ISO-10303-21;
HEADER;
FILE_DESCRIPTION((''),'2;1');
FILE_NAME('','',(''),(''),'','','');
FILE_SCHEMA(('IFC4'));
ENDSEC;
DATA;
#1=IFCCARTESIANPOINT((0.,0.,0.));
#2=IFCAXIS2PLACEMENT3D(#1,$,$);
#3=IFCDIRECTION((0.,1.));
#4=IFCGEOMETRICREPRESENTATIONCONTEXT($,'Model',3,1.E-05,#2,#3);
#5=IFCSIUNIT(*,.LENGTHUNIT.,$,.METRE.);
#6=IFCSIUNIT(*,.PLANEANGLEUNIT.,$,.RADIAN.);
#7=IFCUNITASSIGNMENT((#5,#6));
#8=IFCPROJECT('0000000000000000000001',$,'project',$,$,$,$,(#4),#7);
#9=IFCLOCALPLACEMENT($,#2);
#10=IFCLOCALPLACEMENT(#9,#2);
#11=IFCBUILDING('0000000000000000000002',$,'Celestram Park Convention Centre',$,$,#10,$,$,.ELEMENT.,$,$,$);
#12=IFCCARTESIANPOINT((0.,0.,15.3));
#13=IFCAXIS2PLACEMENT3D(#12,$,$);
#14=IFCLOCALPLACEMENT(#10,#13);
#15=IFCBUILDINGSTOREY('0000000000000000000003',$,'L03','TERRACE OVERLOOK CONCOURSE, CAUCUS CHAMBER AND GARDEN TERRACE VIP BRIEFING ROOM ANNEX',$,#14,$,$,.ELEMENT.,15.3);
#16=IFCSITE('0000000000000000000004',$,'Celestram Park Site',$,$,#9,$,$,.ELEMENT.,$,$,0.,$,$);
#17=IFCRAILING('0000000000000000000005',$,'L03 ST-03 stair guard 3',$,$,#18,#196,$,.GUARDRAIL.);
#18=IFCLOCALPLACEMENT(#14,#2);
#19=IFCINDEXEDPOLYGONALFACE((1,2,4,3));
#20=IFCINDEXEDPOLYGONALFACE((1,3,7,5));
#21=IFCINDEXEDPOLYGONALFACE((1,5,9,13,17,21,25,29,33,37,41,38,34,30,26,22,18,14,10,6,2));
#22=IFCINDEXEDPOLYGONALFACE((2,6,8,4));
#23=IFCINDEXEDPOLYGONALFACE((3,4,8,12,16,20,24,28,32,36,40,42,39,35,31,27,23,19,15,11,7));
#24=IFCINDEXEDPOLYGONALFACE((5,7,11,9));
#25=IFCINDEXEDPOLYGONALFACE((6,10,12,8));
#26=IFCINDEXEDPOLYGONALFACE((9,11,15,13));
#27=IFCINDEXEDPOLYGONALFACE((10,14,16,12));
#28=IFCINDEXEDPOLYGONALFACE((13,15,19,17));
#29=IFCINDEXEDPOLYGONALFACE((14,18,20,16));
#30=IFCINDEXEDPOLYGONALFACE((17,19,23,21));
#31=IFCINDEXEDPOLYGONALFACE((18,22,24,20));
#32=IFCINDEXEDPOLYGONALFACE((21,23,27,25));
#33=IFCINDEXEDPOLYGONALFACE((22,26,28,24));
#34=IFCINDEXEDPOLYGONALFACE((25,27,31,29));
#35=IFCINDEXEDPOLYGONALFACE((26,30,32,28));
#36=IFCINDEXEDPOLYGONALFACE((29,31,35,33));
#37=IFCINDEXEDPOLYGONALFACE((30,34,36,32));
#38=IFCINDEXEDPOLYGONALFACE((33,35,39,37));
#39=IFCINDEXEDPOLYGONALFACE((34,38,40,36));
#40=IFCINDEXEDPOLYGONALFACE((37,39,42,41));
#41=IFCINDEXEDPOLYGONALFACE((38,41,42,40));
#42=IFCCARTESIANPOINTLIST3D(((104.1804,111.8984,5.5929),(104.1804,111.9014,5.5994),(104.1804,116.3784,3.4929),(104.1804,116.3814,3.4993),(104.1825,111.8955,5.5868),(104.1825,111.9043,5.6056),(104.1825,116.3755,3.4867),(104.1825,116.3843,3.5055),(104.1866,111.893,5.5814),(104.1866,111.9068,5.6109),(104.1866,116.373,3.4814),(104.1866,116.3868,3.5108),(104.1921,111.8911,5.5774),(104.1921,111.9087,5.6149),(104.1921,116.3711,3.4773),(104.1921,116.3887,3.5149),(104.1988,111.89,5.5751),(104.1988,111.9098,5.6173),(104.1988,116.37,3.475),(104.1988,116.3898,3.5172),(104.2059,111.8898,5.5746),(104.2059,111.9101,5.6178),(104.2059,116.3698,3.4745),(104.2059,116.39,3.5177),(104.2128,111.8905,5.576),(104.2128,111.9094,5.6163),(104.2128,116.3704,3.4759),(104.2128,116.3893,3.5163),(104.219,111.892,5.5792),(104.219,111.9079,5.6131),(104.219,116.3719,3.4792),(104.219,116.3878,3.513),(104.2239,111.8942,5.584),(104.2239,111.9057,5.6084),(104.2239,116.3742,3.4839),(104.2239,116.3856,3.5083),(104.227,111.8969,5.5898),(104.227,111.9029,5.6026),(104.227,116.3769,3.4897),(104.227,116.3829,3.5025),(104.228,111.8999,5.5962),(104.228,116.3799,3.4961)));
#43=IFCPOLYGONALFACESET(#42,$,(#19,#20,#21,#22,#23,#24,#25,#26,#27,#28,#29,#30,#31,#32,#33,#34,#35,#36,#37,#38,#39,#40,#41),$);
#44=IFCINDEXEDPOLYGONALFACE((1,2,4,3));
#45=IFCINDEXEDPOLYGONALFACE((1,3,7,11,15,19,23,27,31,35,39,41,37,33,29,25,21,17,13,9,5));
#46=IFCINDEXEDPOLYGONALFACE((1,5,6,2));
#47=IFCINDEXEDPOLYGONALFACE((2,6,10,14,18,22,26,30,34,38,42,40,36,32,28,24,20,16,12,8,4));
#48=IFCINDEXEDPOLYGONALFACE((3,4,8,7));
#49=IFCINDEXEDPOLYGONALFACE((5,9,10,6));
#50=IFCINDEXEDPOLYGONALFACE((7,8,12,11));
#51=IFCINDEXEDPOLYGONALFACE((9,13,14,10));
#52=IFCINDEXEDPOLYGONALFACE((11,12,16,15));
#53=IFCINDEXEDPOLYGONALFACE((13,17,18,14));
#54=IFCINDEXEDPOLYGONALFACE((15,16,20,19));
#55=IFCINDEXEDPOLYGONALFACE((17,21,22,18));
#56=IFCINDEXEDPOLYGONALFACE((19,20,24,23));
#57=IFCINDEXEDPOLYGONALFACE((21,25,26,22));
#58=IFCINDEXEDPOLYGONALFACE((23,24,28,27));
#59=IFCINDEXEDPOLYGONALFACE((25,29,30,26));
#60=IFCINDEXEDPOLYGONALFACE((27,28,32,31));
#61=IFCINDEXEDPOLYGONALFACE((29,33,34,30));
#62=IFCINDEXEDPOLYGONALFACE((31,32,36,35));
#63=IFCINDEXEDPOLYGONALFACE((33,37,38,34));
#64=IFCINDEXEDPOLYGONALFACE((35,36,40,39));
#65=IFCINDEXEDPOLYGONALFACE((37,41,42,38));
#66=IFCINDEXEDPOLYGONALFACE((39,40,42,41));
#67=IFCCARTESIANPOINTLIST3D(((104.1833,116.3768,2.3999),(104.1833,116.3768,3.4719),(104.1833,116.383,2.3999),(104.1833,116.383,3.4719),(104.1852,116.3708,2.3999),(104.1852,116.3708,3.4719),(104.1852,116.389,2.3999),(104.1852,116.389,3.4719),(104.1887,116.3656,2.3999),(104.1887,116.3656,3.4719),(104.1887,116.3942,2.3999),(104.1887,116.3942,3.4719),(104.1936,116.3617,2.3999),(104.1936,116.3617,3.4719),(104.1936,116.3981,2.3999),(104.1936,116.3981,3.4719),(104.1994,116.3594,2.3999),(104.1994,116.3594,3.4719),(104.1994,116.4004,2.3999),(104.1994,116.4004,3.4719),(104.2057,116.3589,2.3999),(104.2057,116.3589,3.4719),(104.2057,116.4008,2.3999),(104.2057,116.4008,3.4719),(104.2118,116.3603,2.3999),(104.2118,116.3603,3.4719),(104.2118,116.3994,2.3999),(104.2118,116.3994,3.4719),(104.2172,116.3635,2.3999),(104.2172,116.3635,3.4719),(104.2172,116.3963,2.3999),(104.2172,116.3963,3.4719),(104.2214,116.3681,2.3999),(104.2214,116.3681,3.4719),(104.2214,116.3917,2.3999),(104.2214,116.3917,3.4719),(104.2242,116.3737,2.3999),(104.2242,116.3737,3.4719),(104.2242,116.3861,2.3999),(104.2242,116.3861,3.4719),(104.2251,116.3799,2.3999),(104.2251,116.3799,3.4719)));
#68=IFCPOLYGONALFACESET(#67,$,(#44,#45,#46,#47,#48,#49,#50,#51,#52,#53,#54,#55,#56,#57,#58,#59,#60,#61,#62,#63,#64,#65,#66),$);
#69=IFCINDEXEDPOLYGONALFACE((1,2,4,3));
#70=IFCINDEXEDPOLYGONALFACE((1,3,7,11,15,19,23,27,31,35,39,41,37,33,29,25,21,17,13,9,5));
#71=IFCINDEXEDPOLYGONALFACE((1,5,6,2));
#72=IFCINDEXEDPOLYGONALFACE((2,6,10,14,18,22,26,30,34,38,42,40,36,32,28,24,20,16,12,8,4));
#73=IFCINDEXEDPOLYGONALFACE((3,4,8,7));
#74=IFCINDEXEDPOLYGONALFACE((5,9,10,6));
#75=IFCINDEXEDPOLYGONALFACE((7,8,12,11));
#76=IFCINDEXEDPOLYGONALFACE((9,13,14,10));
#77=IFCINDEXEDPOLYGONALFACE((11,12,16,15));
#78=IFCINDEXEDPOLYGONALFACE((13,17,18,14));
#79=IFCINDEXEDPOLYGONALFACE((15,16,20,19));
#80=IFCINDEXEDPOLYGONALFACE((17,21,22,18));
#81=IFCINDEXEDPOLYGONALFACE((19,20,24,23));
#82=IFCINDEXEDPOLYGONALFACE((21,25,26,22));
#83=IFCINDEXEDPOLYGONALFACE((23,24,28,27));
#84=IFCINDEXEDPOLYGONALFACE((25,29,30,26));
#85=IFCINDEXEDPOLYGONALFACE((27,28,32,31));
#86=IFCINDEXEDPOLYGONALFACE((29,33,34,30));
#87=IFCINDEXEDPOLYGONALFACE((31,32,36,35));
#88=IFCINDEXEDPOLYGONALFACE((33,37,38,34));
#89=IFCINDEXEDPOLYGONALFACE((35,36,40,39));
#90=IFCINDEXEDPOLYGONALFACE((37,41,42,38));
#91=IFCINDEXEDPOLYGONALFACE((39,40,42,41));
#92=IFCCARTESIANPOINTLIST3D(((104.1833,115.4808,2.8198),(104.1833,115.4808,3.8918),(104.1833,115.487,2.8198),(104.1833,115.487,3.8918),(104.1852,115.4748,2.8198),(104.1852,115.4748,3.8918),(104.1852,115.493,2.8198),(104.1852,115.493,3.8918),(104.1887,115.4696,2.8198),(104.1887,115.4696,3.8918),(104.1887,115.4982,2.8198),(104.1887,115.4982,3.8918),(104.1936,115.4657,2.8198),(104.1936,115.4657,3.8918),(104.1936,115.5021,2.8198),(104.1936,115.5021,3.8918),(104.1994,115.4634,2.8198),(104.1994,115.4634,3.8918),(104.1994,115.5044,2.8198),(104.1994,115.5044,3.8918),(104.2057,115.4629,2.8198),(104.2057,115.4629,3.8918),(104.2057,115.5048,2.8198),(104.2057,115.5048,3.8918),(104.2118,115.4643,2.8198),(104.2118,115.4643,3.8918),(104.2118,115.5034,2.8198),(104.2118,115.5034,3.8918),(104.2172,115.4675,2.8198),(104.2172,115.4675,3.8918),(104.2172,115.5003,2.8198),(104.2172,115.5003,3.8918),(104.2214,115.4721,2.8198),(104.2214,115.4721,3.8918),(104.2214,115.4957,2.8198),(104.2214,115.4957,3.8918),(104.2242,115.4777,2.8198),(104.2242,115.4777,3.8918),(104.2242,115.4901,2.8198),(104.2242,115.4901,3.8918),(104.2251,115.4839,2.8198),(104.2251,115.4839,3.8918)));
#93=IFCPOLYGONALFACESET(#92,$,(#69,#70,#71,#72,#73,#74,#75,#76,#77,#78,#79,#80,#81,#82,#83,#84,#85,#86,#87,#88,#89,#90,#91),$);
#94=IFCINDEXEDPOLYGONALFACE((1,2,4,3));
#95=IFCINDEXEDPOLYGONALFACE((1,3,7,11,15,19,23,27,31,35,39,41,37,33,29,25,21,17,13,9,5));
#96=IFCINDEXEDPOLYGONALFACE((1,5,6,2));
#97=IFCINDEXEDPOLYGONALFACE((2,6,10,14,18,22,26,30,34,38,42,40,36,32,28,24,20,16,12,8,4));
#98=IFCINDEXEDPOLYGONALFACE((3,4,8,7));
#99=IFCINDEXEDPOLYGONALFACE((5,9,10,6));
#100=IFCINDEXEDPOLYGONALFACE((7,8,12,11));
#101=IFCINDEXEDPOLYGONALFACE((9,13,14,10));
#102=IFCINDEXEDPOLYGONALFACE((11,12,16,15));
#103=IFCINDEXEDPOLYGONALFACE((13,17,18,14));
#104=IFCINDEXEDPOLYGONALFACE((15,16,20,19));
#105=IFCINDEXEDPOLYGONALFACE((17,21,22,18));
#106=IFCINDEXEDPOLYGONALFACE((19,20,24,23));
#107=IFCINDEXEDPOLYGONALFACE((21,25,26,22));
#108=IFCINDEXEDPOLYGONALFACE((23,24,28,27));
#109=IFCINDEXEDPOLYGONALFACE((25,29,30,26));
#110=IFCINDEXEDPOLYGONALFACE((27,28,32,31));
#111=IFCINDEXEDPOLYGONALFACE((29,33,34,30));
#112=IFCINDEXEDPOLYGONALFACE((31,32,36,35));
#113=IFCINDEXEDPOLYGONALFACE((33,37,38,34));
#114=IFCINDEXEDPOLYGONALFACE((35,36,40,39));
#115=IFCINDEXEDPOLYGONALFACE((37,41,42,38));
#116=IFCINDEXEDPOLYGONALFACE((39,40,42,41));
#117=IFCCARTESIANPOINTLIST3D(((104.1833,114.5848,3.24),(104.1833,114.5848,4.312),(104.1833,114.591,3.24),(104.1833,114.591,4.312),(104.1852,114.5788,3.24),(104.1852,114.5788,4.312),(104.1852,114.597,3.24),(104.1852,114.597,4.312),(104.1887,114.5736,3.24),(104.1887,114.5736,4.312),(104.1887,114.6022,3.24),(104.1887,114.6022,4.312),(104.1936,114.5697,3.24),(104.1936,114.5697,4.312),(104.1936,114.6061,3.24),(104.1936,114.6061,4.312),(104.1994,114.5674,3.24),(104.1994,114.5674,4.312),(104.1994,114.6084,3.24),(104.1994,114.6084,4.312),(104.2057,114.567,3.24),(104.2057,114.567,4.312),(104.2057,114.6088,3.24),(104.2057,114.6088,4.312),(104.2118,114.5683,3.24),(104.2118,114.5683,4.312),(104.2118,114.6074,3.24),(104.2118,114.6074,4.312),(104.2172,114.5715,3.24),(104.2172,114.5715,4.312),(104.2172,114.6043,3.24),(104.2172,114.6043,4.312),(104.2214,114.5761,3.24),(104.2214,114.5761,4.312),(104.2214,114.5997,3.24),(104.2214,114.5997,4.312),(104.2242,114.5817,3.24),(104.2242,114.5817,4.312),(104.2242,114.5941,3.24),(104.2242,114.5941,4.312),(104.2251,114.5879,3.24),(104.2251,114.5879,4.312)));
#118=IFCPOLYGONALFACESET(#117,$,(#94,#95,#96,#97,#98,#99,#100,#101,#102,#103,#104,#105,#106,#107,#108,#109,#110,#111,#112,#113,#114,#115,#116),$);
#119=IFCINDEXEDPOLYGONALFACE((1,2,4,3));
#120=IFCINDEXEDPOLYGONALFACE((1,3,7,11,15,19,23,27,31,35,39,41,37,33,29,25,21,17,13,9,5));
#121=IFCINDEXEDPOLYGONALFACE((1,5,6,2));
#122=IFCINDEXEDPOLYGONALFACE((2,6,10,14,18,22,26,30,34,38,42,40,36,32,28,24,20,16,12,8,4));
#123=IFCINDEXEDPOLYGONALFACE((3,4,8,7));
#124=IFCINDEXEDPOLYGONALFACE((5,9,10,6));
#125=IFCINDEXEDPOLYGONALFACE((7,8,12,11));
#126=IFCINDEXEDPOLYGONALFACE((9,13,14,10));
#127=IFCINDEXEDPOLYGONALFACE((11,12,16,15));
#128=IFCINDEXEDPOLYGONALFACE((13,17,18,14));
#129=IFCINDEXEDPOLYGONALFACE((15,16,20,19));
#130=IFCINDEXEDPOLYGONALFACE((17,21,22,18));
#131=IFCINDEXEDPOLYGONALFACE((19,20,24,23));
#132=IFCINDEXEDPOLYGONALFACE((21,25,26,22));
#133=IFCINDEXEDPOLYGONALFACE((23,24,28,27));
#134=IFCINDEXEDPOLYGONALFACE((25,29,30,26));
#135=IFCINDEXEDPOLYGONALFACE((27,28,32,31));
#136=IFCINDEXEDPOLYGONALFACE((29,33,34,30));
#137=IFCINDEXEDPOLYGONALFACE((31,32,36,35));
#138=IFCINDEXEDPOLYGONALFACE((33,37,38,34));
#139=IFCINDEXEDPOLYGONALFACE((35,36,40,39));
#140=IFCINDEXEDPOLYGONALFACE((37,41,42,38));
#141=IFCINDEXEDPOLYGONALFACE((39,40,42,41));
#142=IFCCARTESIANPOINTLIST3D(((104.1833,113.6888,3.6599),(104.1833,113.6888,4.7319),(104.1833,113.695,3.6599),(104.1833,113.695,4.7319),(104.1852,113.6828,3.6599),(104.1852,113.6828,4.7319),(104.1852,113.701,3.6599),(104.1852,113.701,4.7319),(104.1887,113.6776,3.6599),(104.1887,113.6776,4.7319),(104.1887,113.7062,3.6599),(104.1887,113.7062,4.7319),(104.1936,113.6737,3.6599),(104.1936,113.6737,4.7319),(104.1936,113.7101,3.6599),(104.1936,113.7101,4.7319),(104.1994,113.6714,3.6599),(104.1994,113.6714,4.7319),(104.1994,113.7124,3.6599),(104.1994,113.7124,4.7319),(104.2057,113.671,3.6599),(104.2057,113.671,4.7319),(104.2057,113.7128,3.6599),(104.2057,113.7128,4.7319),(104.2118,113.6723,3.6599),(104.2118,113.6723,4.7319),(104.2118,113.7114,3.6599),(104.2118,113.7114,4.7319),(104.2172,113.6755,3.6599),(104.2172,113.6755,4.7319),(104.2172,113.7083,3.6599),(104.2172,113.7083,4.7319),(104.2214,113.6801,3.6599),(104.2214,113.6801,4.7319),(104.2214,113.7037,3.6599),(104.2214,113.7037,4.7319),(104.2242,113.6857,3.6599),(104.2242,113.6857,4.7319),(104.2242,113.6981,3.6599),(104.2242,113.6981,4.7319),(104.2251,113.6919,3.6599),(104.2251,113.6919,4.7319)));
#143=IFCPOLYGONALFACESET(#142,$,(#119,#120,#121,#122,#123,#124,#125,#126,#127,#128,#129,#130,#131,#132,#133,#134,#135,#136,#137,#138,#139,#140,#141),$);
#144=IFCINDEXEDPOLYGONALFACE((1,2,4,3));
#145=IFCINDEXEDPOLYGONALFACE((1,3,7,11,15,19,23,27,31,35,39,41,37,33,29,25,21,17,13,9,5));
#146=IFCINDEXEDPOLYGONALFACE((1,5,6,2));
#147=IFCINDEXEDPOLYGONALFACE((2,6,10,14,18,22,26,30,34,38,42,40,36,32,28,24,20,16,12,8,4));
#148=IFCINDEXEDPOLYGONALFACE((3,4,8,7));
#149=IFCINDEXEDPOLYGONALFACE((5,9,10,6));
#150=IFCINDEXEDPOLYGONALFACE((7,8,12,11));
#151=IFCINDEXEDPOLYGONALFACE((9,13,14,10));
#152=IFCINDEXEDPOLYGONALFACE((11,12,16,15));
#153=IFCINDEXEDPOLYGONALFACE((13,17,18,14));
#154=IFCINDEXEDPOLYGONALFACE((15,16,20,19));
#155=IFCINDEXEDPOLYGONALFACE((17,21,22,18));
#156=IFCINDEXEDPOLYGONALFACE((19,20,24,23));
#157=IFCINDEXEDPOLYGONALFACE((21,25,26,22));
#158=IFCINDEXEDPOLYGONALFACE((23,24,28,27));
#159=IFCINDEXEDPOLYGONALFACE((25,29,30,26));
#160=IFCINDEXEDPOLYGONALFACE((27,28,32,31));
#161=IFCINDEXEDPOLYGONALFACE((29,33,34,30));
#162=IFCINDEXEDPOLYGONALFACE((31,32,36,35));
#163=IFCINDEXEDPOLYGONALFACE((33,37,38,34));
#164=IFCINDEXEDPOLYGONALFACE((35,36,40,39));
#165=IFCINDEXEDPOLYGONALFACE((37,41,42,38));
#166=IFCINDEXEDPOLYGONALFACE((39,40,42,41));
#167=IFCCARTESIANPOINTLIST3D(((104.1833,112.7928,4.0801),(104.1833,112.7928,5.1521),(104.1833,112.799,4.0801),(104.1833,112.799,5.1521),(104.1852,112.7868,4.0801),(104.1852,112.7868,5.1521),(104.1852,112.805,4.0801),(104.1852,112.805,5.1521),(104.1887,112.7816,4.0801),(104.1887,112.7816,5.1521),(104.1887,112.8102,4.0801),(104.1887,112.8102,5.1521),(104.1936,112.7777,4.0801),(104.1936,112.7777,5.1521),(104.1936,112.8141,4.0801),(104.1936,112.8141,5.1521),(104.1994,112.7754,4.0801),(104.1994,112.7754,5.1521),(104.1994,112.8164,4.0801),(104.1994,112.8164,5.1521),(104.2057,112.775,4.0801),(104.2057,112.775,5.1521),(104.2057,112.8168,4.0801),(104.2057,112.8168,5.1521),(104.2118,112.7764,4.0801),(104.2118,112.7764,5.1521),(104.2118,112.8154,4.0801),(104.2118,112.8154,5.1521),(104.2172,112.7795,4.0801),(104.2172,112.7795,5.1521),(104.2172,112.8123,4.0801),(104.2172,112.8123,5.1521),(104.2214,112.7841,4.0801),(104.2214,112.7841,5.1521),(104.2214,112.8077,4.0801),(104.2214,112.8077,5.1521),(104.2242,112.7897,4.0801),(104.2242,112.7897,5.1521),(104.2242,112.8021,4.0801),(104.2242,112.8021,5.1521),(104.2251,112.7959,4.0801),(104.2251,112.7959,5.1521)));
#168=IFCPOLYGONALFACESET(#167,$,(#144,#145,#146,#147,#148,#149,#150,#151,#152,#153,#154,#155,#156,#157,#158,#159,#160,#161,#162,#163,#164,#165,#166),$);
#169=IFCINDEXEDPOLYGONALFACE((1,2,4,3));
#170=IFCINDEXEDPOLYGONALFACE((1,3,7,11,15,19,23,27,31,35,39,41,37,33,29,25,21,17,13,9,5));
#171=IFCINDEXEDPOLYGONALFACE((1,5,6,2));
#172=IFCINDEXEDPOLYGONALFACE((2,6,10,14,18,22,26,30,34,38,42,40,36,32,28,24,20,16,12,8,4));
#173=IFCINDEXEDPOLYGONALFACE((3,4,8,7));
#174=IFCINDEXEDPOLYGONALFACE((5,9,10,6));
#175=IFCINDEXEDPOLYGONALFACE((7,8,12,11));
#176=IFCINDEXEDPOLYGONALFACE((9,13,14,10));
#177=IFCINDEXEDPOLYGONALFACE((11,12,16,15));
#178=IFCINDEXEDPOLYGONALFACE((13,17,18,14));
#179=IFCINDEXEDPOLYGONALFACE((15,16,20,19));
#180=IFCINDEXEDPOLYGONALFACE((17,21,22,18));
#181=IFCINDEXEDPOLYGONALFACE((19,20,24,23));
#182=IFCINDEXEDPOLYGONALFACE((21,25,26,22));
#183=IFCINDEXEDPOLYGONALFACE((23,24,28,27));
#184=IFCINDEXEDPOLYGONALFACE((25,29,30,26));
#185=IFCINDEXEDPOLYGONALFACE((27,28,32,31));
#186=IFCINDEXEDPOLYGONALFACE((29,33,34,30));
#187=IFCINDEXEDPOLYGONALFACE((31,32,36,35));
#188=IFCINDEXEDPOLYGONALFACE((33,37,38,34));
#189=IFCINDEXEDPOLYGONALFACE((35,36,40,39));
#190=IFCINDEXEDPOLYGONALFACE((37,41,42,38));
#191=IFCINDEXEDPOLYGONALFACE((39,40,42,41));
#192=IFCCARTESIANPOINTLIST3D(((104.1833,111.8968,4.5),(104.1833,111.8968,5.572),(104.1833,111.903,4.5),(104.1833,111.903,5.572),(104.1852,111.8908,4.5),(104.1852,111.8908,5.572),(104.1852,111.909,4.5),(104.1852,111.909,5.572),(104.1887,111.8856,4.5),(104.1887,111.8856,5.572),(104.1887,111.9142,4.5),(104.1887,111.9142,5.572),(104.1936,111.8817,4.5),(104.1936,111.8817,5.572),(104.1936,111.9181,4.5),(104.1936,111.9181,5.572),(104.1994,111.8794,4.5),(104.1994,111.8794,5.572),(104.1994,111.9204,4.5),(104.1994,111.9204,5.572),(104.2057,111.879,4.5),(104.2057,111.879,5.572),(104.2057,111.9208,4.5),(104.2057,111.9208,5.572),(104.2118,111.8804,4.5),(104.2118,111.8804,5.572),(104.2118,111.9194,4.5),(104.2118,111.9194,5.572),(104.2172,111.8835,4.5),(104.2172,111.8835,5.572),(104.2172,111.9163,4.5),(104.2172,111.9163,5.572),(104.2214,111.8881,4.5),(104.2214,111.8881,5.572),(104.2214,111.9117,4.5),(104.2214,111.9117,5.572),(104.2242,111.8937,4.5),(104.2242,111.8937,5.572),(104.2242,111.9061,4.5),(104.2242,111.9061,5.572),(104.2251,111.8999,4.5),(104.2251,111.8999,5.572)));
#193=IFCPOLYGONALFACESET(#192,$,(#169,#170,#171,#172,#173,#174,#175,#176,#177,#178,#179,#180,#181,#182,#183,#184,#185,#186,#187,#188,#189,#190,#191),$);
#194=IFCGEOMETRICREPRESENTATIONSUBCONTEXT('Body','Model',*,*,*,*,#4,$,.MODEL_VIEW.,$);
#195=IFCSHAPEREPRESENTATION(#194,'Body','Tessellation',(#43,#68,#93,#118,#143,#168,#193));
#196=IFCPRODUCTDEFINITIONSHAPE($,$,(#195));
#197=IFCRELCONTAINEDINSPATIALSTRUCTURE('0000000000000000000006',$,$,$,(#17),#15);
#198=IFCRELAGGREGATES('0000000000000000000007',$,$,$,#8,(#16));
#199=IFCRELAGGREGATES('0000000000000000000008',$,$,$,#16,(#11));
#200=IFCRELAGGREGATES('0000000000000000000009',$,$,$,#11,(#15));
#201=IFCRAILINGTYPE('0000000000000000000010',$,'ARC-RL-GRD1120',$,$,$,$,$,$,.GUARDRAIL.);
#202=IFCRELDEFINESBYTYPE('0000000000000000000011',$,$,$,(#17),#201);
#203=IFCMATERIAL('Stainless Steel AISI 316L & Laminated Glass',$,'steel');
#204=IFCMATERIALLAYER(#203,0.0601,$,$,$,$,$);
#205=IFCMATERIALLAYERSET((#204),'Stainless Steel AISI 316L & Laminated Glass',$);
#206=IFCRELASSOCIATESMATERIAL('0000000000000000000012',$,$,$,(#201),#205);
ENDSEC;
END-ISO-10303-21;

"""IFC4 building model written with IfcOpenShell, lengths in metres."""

from ifc_helpers import new_model, si_unit, direction, frame, origin, origin_2d, place, context, subcontext, project, spatial, circle, extrude, material, layer, layer_set, type_object, element, save


model = new_model("IFC4")

# Units and contexts
model_context = context("Model", 3, precision=1e-05, world=origin(), true_north=direction((0.0, 1.0)))
body_context = subcontext(model_context, "Body", "Model", "MODEL_VIEW")
ifc_project = project(units=[si_unit("LENGTHUNIT", "METRE"), si_unit("PLANEANGLEUNIT", "RADIAN")], contexts=[model_context])

# Site, building, storey
site_placement = place(None, origin())
site = spatial("IfcSite", under=ifc_project, at=site_placement, Name="Celestram Park Site", CompositionType="ELEMENT", RefElevation=0.0)
building_placement = place(site_placement, origin())
building = spatial("IfcBuilding", under=site, at=building_placement, Name="Celestram Park Convention Centre", CompositionType="ELEMENT")
storey_placement = place(building_placement, frame((0.0, 0.0, 15.3)))
storey = spatial("IfcBuildingStorey", under=building, at=storey_placement, Name="L03", Description="TERRACE OVERLOOK CONCOURSE, CAUCUS CHAMBER AND GARDEN TERRACE VIP BRIEFING ROOM ANNEX", CompositionType="ELEMENT", Elevation=15.3)

# Railing
ifc_material_1 = material(Name="Stainless Steel AISI 316L & Laminated Glass", Category="steel")
ifc_layer_1 = layer(ifc_material_1, 0.0601)
ifc_layer_set_1 = layer_set([ifc_layer_1], Name="Stainless Steel AISI 316L & Laminated Glass")
railing_type_1 = type_object("IfcRailingType", Name="ARC-RL-GRD1120", PredefinedType="GUARDRAIL", material=ifc_layer_set_1)
railing_1_placement = place(storey_placement, frame((104.2041, 116.3799, 2.3999)))
element("IfcRailing", 1, at=railing_1_placement, inside=storey, type_object=railing_type_1, Name="L03 ST-03 stair guard 3", PredefinedType="GUARDRAIL", context=body_context, shape_type="SweptSolid", body=[
    extrude(circle(Radius=0.0239, at=origin_2d()), frame((0.0, 0.0, 1.0962), z_axis=(0.0, -0.905451, 0.424452), x_axis=(1.0, 0.0, 0.0)), (0.0, 0.0, 1.0), 4.9478),
    extrude(circle(Radius=0.021, at=origin_2d()), origin(), (0.0, 0.0, 1.0), 1.072),
    extrude(circle(Radius=0.021, at=origin_2d()), frame((0.0, -0.896, 0.4199)), (0.0, 0.0, 1.0), 1.072),
    extrude(circle(Radius=0.021, at=origin_2d()), frame((0.0, -1.792, 0.8401)), (0.0, 0.0, 1.0), 1.072),
    extrude(circle(Radius=0.021, at=origin_2d()), frame((0.0, -2.688, 1.26)), (0.0, 0.0, 1.0), 1.072),
    extrude(circle(Radius=0.021, at=origin_2d()), frame((0.0, -3.584, 1.6802)), (0.0, 0.0, 1.0), 1.072),
    extrude(circle(Radius=0.021, at=origin_2d()), frame((0.0, -4.48, 2.1001)), (0.0, 0.0, 1.0), 1.072),
])

save(model, "model.ifc")
